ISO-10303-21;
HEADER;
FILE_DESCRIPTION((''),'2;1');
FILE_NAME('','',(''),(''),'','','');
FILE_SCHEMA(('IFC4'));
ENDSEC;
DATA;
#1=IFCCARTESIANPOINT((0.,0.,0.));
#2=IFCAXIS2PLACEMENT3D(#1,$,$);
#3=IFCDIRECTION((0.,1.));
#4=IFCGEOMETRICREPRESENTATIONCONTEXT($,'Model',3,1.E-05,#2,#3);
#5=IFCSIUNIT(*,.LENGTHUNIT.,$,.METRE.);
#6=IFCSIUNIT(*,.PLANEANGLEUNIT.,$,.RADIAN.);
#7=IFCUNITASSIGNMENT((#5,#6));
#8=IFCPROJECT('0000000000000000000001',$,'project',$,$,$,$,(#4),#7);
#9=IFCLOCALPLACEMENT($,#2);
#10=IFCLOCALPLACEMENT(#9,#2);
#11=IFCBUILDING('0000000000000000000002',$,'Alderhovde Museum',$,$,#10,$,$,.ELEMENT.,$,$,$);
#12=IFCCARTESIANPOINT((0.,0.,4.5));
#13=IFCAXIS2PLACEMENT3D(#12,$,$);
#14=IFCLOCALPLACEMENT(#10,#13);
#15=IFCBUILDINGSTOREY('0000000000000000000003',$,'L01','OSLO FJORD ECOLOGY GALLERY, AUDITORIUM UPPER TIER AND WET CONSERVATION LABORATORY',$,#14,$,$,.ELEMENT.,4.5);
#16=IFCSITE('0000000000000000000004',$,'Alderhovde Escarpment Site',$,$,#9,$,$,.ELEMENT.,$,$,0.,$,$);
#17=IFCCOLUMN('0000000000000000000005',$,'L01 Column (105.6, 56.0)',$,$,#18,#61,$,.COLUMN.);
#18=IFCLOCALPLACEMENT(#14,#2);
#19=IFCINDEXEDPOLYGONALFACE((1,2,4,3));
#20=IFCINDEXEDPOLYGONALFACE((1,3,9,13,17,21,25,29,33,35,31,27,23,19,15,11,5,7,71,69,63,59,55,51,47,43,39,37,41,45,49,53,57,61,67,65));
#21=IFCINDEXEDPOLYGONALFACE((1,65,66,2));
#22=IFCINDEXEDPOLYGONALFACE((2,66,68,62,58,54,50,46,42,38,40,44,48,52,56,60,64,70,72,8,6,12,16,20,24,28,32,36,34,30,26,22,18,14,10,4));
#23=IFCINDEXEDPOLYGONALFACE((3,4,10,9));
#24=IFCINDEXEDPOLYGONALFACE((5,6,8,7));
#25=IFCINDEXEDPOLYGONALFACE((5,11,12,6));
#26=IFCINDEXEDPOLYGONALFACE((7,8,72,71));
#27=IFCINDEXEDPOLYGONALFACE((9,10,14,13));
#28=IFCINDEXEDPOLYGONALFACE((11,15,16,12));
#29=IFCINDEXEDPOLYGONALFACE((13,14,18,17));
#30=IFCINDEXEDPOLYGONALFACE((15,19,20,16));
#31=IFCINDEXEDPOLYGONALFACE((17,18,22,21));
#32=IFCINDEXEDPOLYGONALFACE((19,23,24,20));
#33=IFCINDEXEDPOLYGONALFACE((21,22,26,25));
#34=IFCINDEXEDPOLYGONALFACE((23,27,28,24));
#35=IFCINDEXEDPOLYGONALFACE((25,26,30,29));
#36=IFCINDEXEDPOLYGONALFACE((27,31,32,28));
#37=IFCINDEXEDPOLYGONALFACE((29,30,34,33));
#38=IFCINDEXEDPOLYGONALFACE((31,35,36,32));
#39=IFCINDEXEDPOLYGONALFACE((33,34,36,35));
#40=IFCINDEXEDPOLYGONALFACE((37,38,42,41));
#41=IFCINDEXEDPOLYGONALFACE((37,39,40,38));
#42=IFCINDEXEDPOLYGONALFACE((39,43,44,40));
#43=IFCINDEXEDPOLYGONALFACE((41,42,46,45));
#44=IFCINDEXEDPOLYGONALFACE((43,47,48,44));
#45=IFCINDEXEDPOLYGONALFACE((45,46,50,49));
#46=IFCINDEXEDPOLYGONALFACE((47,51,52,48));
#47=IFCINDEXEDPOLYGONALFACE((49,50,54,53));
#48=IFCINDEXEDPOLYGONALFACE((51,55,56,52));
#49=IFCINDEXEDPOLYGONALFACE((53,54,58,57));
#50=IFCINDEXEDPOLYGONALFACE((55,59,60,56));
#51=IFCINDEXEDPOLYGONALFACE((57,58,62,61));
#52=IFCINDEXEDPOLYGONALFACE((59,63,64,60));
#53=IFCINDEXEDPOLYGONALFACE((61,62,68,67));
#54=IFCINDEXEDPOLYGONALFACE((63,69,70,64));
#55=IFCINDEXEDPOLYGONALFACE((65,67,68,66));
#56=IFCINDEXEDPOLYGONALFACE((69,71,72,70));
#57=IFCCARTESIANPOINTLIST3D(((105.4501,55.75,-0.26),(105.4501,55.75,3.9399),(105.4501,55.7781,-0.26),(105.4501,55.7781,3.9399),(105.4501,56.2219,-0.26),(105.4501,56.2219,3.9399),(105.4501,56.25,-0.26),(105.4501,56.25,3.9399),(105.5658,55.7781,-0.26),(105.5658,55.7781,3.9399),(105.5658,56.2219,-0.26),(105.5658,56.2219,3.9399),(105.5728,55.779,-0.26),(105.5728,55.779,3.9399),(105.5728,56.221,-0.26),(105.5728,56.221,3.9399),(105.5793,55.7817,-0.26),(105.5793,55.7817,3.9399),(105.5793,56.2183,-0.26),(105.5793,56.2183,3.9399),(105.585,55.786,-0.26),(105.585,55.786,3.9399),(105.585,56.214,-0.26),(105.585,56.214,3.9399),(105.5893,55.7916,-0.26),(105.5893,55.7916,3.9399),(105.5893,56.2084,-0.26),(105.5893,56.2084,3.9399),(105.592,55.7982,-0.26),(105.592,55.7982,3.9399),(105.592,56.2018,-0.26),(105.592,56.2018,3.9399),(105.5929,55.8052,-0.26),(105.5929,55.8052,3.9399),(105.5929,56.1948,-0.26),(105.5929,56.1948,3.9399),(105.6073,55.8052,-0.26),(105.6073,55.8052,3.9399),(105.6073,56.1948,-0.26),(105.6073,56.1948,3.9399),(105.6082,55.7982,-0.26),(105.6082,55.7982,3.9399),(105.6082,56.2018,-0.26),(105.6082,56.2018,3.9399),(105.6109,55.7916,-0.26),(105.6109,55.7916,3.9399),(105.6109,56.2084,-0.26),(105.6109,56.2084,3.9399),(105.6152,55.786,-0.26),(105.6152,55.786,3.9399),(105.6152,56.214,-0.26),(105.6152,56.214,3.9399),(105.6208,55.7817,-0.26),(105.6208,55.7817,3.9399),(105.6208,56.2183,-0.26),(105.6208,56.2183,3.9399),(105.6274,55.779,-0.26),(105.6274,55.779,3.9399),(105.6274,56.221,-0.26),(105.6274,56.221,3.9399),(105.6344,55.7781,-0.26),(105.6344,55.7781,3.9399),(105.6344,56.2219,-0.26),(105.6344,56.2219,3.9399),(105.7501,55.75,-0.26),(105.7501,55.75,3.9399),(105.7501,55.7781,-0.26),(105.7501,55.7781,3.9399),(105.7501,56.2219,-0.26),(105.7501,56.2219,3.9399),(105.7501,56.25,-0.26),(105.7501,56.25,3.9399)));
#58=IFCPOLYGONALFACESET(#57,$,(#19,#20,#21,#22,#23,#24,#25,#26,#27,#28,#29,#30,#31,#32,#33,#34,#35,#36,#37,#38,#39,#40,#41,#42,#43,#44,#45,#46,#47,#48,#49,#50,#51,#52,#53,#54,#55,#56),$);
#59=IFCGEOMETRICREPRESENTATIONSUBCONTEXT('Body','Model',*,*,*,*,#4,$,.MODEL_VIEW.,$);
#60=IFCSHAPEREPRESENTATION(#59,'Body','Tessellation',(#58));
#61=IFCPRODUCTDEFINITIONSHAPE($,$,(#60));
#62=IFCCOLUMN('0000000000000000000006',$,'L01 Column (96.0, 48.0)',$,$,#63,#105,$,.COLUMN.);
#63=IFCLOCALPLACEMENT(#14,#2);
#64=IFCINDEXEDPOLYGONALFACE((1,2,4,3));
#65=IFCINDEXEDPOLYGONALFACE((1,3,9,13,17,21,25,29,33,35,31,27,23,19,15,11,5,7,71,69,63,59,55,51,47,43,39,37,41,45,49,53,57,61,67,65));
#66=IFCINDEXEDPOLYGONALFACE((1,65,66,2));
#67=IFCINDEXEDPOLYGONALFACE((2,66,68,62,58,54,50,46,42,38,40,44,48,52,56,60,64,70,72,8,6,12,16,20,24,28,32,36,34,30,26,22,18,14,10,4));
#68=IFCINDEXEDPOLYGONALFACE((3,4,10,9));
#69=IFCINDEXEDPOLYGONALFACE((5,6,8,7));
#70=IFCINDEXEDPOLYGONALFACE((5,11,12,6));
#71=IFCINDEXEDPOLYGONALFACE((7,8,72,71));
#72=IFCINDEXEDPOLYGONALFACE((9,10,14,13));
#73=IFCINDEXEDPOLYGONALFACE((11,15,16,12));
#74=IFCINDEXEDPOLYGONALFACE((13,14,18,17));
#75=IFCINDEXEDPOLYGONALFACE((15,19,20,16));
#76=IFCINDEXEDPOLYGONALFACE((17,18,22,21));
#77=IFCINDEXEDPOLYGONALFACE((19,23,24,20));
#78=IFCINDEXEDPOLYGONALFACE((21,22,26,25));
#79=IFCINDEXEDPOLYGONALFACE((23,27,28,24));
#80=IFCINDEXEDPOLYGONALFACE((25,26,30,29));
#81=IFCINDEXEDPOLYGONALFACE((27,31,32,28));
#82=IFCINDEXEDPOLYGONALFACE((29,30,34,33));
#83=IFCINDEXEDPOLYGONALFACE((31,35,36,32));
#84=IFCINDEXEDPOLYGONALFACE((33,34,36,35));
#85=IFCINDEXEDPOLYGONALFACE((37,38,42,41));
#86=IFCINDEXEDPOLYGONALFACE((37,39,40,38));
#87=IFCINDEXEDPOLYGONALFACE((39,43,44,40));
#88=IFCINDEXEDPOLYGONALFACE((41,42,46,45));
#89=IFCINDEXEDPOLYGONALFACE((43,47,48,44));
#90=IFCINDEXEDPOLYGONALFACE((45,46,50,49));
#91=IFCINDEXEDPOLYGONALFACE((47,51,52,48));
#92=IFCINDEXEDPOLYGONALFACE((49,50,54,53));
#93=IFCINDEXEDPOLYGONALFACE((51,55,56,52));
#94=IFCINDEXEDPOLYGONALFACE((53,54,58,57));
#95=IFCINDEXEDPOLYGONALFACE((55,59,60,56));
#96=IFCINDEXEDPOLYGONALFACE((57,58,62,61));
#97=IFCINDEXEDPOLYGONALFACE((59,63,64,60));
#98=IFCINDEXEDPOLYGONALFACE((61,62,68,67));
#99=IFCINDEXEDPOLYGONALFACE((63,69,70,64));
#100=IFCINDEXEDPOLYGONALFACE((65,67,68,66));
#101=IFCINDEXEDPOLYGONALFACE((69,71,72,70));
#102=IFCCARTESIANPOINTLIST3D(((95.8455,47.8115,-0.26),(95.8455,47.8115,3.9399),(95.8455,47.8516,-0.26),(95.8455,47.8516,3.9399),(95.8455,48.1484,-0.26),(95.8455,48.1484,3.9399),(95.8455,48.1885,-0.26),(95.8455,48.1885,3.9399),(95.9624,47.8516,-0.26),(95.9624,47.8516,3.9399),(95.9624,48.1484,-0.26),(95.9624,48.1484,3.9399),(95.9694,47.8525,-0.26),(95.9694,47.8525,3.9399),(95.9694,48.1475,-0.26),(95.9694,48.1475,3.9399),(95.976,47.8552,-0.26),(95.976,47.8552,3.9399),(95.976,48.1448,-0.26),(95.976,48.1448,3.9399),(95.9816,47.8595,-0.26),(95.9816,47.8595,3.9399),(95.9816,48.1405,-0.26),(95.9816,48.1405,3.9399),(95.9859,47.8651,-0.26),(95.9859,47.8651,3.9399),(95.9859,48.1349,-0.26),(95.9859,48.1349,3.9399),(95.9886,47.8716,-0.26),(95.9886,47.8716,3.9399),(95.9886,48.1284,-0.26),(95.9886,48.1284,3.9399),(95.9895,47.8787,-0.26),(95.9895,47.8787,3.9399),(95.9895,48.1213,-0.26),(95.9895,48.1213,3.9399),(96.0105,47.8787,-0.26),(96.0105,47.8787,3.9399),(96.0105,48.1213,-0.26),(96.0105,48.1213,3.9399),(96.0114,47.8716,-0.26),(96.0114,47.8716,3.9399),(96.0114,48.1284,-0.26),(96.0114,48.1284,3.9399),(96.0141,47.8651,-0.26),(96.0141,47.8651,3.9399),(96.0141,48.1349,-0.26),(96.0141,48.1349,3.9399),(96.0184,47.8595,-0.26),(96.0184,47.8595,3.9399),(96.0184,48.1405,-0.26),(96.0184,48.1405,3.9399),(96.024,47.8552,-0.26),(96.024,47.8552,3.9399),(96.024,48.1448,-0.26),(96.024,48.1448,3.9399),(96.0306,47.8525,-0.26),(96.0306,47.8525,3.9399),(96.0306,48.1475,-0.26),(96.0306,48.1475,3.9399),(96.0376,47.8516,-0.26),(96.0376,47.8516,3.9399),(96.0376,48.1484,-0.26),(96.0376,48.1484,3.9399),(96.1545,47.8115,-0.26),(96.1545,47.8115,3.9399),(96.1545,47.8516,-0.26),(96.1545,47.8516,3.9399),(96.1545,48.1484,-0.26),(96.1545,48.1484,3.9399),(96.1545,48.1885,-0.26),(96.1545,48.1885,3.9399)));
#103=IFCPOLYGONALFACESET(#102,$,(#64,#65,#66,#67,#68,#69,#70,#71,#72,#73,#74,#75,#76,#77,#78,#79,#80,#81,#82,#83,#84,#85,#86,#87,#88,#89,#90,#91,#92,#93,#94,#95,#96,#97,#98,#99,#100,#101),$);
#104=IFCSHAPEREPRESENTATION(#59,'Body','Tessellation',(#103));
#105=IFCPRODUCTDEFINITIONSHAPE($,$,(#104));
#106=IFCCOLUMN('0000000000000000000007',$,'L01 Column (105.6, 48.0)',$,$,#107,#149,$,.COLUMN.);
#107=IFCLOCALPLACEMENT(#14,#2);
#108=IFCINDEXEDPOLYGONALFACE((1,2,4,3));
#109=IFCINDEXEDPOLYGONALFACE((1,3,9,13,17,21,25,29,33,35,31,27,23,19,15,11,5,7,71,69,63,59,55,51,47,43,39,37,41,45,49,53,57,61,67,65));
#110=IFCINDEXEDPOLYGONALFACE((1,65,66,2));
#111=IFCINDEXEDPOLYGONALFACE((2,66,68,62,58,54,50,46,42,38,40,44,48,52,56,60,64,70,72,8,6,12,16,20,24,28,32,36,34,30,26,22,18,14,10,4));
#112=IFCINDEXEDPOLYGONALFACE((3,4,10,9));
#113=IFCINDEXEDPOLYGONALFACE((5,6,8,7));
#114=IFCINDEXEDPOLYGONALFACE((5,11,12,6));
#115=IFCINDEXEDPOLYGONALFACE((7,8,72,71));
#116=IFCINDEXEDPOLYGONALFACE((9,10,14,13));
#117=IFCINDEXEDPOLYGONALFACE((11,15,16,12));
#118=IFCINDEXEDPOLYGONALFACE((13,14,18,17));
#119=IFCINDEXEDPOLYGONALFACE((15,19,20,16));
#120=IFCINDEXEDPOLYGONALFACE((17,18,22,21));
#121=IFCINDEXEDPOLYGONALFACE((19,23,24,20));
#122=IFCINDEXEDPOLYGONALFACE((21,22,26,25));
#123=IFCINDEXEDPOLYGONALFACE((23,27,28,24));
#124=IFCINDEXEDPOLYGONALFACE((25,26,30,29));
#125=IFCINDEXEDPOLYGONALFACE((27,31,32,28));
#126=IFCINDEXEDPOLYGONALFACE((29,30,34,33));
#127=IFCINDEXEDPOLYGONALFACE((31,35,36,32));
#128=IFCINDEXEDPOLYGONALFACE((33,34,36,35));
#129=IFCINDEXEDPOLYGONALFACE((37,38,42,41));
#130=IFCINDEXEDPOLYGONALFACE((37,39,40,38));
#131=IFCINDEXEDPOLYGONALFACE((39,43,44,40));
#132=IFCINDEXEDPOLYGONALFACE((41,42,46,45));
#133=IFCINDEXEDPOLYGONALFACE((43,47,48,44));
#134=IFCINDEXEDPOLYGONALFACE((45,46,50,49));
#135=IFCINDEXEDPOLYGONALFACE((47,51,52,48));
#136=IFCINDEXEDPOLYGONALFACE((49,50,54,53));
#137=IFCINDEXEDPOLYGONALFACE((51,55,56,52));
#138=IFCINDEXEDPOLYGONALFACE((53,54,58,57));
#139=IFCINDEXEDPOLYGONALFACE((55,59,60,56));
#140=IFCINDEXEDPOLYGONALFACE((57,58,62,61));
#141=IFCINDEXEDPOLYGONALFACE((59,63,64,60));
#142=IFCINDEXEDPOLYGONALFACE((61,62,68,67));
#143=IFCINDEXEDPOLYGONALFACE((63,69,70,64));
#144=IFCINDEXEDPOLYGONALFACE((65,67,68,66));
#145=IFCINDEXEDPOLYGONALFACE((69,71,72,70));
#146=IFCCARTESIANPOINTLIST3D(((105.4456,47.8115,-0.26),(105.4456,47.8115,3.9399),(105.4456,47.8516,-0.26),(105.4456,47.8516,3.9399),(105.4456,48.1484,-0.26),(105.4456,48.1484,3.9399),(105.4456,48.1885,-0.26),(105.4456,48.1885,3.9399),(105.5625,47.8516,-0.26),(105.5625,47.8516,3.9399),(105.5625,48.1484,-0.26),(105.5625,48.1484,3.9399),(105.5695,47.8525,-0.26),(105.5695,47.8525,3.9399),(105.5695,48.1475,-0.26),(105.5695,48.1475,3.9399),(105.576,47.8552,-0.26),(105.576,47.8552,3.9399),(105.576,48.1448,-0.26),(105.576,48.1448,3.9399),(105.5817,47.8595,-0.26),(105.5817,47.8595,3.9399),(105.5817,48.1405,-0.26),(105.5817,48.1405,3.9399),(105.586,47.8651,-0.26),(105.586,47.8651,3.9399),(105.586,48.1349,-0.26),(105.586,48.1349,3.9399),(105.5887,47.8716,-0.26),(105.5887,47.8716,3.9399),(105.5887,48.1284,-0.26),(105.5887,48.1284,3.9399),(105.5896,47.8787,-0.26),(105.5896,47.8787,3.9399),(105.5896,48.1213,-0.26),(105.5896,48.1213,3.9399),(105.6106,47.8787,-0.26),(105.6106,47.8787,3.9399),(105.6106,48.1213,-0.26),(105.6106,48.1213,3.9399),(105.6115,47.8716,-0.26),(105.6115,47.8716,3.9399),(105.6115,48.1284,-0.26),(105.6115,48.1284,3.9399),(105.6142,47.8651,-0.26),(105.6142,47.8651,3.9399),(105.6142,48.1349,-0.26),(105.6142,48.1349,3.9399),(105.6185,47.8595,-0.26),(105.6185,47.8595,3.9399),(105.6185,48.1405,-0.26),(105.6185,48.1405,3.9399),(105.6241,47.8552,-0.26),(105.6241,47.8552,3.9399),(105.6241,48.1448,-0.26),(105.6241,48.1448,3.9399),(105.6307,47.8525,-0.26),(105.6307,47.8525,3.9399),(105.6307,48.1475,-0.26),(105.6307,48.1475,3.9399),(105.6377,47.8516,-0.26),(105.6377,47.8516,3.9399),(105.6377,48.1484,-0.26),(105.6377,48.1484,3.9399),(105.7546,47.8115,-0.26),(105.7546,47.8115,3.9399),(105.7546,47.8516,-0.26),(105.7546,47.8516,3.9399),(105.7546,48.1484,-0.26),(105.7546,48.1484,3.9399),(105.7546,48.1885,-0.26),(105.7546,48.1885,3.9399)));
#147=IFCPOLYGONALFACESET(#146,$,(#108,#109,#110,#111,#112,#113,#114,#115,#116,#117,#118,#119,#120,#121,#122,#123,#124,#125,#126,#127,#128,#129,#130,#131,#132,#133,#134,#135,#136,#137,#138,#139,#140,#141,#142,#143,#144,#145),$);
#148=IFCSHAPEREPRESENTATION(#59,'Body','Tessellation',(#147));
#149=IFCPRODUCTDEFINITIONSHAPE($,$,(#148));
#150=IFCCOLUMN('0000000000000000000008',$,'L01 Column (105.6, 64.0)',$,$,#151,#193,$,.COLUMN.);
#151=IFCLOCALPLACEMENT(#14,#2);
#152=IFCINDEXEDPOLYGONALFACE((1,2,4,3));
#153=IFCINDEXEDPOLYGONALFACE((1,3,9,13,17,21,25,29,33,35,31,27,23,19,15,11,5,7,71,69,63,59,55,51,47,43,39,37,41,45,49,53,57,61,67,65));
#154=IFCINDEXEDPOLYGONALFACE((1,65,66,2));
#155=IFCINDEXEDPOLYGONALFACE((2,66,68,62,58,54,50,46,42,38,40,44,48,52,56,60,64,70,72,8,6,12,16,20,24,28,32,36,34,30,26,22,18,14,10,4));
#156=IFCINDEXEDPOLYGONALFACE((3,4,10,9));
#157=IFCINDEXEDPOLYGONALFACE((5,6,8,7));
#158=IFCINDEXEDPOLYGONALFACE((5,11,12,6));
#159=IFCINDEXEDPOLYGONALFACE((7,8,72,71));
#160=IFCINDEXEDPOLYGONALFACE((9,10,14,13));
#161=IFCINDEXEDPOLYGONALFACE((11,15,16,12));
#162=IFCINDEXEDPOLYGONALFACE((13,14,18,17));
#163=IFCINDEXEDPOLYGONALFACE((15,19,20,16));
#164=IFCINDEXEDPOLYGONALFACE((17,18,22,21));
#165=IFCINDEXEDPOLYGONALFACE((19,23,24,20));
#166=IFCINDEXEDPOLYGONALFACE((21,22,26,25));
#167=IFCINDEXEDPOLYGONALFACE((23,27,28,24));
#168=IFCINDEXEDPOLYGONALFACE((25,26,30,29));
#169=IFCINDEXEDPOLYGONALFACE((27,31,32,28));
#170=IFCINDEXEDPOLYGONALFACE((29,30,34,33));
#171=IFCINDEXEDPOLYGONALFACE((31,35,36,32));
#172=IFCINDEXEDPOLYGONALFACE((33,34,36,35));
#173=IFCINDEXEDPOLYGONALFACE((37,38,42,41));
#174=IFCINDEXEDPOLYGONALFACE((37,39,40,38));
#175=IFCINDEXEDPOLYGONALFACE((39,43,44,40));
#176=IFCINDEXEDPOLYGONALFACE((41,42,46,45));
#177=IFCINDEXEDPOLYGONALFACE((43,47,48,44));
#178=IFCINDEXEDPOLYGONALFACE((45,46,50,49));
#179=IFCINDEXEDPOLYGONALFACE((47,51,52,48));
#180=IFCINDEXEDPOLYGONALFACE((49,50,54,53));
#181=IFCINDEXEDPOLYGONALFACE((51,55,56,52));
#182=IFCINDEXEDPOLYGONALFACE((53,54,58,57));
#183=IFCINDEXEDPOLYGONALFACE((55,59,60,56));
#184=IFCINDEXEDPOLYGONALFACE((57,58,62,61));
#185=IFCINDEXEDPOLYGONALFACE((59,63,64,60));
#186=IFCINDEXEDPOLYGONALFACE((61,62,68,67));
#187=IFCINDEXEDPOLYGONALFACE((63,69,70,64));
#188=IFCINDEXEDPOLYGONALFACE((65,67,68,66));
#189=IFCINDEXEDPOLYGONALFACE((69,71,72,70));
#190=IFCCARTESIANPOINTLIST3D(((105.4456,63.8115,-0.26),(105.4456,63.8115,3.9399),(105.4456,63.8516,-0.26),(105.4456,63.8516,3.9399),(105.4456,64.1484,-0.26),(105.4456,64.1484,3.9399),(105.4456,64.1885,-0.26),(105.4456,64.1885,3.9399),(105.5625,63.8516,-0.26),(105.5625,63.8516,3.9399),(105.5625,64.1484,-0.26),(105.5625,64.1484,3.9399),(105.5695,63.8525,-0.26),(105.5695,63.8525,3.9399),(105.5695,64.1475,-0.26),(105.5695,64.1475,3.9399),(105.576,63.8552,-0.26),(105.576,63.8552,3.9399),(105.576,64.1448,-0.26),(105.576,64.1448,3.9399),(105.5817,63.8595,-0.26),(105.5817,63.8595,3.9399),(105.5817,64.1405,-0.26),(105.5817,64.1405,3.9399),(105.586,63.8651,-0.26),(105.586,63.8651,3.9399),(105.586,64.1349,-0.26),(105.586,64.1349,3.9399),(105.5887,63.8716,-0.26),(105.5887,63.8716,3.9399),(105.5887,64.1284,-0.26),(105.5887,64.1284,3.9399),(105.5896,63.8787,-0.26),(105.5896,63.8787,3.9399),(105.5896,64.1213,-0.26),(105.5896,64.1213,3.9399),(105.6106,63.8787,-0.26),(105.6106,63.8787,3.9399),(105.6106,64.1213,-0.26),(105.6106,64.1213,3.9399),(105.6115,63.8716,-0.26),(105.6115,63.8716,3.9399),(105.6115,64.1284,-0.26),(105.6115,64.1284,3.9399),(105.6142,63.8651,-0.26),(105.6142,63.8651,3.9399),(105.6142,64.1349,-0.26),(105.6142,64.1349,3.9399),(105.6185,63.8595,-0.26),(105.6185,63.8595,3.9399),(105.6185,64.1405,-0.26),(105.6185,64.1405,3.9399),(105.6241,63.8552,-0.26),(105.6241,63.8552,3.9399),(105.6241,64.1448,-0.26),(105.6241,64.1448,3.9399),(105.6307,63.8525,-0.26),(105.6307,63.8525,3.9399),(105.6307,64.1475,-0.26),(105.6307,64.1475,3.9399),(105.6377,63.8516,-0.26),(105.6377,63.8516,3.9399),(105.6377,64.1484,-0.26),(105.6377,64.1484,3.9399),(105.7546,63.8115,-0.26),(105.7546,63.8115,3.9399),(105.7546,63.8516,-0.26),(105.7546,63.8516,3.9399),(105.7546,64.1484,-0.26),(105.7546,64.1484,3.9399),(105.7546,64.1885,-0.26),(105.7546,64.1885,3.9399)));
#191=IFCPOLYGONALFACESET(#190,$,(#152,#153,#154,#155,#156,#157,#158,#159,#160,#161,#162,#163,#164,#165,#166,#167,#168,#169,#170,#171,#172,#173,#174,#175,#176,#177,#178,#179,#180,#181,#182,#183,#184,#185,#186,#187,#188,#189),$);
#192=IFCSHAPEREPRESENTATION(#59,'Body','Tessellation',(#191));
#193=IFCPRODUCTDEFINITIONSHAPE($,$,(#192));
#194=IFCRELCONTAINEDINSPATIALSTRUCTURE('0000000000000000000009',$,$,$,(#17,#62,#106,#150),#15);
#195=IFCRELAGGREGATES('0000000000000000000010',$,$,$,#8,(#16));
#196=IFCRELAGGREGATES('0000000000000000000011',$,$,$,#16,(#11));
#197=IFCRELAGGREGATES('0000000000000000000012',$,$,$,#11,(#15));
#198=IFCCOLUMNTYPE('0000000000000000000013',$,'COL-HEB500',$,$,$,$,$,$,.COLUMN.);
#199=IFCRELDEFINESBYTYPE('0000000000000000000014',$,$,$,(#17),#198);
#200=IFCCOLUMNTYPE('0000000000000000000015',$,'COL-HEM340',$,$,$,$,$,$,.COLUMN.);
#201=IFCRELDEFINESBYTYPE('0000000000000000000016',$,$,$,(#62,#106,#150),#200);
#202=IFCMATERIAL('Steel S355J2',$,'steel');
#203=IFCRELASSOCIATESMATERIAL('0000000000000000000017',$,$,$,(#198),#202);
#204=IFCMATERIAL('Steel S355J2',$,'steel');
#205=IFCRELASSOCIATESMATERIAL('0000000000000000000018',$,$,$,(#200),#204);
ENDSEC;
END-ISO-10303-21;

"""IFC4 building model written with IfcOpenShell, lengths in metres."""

from ifc_helpers import new_model, si_unit, direction, frame, origin, origin_2d, place, context, subcontext, project, spatial, i_section, extrude, material, material_profile, profile_set, type_object, element, save


model = new_model("IFC4")

# Units and contexts
model_context = context("Model", 3, precision=1e-05, world=origin(), true_north=direction((0.0, 1.0)))
body_context = subcontext(model_context, "Body", "Model", "MODEL_VIEW")
ifc_project = project(units=[si_unit("LENGTHUNIT", "METRE"), si_unit("PLANEANGLEUNIT", "RADIAN")], contexts=[model_context])

# Site, building, storey
site_placement = place(None, origin())
site = spatial("IfcSite", under=ifc_project, at=site_placement, Name="Alderhovde Escarpment Site", CompositionType="ELEMENT", RefElevation=0.0)
building_placement = place(site_placement, origin())
building = spatial("IfcBuilding", under=site, at=building_placement, Name="Alderhovde Museum", CompositionType="ELEMENT")
storey_placement = place(building_placement, frame((0.0, 0.0, 4.5)))
storey = spatial("IfcBuildingStorey", under=building, at=storey_placement, Name="L01", Description="OSLO FJORD ECOLOGY GALLERY, AUDITORIUM UPPER TIER AND WET CONSERVATION LABORATORY", CompositionType="ELEMENT", Elevation=4.5)

# Columns
ifc_material_1 = material(Name="Steel S355J2", Category="steel")
ifc_material_profile_1 = material_profile(ifc_material_1, i_section(OverallWidth=0.3, OverallDepth=0.5, WebThickness=0.0144, FlangeThickness=0.0281, FilletRadius=0.0271, at=origin_2d()), Name="HEB 500")
ifc_profile_set_1 = profile_set([ifc_material_profile_1], Name="Steel S355J2")
column_type_1 = type_object("IfcColumnType", Name="COL-HEB500", PredefinedType="COLUMN", material=ifc_profile_set_1)
column_placement = place(storey_placement, frame((105.6001, 56.0, -0.26), z_axis=(0.0, 0.0, 1.0), x_axis=(1.0, 0.0, 0.0)))
element("IfcColumn", 1, at=column_placement, inside=storey, type_object=column_type_1, Name="L01 Column (105.6, 56.0)", PredefinedType="COLUMN", context=body_context, shape_type="SweptSolid", body=[
    extrude(i_section(OverallWidth=0.3, OverallDepth=0.5, WebThickness=0.0144, FlangeThickness=0.0281, FilletRadius=0.0271, at=origin_2d()), origin(), (0.0, 0.0, 1.0), 4.2),
])
ifc_material_2 = material(Name="Steel S355J2", Category="steel")
ifc_material_profile_2 = material_profile(ifc_material_2, i_section(OverallWidth=0.3091, OverallDepth=0.377, WebThickness=0.021, FlangeThickness=0.04, FilletRadius=0.0271, at=origin_2d()), Name="HEM 340")
ifc_profile_set_2 = profile_set([ifc_material_profile_2], Name="Steel S355J2")
column_type_2 = type_object("IfcColumnType", Name="COL-HEM340", PredefinedType="COLUMN", material=ifc_profile_set_2)
for number, where, z_axis, x_axis, name in (
    (2, (96.0, 48.0, -0.26), (0.0, 0.0, 1.0), (1.0, 0.0, 0.0), "L01 Column (96.0, 48.0)"),
    (3, (105.6001, 48.0, -0.26), (0.0, 0.0, 1.0), (1.0, 0.0, 0.0), "L01 Column (105.6, 48.0)"),
    (4, (105.6001, 64.0, -0.26), (0.0, 0.0, 1.0), (1.0, 0.0, 0.0), "L01 Column (105.6, 64.0)"),
):
    element("IfcColumn", number, at=place(storey_placement, frame(where, z_axis=z_axis, x_axis=x_axis)), inside=storey, type_object=column_type_2, Name=name, PredefinedType="COLUMN", context=body_context, shape_type="SweptSolid", body=[
        extrude(i_section(OverallWidth=0.3091, OverallDepth=0.377, WebThickness=0.021, FlangeThickness=0.04, FilletRadius=0.0271, at=origin_2d()), origin(), (0.0, 0.0, 1.0), 4.2),
    ])

save(model, "model.ifc")
